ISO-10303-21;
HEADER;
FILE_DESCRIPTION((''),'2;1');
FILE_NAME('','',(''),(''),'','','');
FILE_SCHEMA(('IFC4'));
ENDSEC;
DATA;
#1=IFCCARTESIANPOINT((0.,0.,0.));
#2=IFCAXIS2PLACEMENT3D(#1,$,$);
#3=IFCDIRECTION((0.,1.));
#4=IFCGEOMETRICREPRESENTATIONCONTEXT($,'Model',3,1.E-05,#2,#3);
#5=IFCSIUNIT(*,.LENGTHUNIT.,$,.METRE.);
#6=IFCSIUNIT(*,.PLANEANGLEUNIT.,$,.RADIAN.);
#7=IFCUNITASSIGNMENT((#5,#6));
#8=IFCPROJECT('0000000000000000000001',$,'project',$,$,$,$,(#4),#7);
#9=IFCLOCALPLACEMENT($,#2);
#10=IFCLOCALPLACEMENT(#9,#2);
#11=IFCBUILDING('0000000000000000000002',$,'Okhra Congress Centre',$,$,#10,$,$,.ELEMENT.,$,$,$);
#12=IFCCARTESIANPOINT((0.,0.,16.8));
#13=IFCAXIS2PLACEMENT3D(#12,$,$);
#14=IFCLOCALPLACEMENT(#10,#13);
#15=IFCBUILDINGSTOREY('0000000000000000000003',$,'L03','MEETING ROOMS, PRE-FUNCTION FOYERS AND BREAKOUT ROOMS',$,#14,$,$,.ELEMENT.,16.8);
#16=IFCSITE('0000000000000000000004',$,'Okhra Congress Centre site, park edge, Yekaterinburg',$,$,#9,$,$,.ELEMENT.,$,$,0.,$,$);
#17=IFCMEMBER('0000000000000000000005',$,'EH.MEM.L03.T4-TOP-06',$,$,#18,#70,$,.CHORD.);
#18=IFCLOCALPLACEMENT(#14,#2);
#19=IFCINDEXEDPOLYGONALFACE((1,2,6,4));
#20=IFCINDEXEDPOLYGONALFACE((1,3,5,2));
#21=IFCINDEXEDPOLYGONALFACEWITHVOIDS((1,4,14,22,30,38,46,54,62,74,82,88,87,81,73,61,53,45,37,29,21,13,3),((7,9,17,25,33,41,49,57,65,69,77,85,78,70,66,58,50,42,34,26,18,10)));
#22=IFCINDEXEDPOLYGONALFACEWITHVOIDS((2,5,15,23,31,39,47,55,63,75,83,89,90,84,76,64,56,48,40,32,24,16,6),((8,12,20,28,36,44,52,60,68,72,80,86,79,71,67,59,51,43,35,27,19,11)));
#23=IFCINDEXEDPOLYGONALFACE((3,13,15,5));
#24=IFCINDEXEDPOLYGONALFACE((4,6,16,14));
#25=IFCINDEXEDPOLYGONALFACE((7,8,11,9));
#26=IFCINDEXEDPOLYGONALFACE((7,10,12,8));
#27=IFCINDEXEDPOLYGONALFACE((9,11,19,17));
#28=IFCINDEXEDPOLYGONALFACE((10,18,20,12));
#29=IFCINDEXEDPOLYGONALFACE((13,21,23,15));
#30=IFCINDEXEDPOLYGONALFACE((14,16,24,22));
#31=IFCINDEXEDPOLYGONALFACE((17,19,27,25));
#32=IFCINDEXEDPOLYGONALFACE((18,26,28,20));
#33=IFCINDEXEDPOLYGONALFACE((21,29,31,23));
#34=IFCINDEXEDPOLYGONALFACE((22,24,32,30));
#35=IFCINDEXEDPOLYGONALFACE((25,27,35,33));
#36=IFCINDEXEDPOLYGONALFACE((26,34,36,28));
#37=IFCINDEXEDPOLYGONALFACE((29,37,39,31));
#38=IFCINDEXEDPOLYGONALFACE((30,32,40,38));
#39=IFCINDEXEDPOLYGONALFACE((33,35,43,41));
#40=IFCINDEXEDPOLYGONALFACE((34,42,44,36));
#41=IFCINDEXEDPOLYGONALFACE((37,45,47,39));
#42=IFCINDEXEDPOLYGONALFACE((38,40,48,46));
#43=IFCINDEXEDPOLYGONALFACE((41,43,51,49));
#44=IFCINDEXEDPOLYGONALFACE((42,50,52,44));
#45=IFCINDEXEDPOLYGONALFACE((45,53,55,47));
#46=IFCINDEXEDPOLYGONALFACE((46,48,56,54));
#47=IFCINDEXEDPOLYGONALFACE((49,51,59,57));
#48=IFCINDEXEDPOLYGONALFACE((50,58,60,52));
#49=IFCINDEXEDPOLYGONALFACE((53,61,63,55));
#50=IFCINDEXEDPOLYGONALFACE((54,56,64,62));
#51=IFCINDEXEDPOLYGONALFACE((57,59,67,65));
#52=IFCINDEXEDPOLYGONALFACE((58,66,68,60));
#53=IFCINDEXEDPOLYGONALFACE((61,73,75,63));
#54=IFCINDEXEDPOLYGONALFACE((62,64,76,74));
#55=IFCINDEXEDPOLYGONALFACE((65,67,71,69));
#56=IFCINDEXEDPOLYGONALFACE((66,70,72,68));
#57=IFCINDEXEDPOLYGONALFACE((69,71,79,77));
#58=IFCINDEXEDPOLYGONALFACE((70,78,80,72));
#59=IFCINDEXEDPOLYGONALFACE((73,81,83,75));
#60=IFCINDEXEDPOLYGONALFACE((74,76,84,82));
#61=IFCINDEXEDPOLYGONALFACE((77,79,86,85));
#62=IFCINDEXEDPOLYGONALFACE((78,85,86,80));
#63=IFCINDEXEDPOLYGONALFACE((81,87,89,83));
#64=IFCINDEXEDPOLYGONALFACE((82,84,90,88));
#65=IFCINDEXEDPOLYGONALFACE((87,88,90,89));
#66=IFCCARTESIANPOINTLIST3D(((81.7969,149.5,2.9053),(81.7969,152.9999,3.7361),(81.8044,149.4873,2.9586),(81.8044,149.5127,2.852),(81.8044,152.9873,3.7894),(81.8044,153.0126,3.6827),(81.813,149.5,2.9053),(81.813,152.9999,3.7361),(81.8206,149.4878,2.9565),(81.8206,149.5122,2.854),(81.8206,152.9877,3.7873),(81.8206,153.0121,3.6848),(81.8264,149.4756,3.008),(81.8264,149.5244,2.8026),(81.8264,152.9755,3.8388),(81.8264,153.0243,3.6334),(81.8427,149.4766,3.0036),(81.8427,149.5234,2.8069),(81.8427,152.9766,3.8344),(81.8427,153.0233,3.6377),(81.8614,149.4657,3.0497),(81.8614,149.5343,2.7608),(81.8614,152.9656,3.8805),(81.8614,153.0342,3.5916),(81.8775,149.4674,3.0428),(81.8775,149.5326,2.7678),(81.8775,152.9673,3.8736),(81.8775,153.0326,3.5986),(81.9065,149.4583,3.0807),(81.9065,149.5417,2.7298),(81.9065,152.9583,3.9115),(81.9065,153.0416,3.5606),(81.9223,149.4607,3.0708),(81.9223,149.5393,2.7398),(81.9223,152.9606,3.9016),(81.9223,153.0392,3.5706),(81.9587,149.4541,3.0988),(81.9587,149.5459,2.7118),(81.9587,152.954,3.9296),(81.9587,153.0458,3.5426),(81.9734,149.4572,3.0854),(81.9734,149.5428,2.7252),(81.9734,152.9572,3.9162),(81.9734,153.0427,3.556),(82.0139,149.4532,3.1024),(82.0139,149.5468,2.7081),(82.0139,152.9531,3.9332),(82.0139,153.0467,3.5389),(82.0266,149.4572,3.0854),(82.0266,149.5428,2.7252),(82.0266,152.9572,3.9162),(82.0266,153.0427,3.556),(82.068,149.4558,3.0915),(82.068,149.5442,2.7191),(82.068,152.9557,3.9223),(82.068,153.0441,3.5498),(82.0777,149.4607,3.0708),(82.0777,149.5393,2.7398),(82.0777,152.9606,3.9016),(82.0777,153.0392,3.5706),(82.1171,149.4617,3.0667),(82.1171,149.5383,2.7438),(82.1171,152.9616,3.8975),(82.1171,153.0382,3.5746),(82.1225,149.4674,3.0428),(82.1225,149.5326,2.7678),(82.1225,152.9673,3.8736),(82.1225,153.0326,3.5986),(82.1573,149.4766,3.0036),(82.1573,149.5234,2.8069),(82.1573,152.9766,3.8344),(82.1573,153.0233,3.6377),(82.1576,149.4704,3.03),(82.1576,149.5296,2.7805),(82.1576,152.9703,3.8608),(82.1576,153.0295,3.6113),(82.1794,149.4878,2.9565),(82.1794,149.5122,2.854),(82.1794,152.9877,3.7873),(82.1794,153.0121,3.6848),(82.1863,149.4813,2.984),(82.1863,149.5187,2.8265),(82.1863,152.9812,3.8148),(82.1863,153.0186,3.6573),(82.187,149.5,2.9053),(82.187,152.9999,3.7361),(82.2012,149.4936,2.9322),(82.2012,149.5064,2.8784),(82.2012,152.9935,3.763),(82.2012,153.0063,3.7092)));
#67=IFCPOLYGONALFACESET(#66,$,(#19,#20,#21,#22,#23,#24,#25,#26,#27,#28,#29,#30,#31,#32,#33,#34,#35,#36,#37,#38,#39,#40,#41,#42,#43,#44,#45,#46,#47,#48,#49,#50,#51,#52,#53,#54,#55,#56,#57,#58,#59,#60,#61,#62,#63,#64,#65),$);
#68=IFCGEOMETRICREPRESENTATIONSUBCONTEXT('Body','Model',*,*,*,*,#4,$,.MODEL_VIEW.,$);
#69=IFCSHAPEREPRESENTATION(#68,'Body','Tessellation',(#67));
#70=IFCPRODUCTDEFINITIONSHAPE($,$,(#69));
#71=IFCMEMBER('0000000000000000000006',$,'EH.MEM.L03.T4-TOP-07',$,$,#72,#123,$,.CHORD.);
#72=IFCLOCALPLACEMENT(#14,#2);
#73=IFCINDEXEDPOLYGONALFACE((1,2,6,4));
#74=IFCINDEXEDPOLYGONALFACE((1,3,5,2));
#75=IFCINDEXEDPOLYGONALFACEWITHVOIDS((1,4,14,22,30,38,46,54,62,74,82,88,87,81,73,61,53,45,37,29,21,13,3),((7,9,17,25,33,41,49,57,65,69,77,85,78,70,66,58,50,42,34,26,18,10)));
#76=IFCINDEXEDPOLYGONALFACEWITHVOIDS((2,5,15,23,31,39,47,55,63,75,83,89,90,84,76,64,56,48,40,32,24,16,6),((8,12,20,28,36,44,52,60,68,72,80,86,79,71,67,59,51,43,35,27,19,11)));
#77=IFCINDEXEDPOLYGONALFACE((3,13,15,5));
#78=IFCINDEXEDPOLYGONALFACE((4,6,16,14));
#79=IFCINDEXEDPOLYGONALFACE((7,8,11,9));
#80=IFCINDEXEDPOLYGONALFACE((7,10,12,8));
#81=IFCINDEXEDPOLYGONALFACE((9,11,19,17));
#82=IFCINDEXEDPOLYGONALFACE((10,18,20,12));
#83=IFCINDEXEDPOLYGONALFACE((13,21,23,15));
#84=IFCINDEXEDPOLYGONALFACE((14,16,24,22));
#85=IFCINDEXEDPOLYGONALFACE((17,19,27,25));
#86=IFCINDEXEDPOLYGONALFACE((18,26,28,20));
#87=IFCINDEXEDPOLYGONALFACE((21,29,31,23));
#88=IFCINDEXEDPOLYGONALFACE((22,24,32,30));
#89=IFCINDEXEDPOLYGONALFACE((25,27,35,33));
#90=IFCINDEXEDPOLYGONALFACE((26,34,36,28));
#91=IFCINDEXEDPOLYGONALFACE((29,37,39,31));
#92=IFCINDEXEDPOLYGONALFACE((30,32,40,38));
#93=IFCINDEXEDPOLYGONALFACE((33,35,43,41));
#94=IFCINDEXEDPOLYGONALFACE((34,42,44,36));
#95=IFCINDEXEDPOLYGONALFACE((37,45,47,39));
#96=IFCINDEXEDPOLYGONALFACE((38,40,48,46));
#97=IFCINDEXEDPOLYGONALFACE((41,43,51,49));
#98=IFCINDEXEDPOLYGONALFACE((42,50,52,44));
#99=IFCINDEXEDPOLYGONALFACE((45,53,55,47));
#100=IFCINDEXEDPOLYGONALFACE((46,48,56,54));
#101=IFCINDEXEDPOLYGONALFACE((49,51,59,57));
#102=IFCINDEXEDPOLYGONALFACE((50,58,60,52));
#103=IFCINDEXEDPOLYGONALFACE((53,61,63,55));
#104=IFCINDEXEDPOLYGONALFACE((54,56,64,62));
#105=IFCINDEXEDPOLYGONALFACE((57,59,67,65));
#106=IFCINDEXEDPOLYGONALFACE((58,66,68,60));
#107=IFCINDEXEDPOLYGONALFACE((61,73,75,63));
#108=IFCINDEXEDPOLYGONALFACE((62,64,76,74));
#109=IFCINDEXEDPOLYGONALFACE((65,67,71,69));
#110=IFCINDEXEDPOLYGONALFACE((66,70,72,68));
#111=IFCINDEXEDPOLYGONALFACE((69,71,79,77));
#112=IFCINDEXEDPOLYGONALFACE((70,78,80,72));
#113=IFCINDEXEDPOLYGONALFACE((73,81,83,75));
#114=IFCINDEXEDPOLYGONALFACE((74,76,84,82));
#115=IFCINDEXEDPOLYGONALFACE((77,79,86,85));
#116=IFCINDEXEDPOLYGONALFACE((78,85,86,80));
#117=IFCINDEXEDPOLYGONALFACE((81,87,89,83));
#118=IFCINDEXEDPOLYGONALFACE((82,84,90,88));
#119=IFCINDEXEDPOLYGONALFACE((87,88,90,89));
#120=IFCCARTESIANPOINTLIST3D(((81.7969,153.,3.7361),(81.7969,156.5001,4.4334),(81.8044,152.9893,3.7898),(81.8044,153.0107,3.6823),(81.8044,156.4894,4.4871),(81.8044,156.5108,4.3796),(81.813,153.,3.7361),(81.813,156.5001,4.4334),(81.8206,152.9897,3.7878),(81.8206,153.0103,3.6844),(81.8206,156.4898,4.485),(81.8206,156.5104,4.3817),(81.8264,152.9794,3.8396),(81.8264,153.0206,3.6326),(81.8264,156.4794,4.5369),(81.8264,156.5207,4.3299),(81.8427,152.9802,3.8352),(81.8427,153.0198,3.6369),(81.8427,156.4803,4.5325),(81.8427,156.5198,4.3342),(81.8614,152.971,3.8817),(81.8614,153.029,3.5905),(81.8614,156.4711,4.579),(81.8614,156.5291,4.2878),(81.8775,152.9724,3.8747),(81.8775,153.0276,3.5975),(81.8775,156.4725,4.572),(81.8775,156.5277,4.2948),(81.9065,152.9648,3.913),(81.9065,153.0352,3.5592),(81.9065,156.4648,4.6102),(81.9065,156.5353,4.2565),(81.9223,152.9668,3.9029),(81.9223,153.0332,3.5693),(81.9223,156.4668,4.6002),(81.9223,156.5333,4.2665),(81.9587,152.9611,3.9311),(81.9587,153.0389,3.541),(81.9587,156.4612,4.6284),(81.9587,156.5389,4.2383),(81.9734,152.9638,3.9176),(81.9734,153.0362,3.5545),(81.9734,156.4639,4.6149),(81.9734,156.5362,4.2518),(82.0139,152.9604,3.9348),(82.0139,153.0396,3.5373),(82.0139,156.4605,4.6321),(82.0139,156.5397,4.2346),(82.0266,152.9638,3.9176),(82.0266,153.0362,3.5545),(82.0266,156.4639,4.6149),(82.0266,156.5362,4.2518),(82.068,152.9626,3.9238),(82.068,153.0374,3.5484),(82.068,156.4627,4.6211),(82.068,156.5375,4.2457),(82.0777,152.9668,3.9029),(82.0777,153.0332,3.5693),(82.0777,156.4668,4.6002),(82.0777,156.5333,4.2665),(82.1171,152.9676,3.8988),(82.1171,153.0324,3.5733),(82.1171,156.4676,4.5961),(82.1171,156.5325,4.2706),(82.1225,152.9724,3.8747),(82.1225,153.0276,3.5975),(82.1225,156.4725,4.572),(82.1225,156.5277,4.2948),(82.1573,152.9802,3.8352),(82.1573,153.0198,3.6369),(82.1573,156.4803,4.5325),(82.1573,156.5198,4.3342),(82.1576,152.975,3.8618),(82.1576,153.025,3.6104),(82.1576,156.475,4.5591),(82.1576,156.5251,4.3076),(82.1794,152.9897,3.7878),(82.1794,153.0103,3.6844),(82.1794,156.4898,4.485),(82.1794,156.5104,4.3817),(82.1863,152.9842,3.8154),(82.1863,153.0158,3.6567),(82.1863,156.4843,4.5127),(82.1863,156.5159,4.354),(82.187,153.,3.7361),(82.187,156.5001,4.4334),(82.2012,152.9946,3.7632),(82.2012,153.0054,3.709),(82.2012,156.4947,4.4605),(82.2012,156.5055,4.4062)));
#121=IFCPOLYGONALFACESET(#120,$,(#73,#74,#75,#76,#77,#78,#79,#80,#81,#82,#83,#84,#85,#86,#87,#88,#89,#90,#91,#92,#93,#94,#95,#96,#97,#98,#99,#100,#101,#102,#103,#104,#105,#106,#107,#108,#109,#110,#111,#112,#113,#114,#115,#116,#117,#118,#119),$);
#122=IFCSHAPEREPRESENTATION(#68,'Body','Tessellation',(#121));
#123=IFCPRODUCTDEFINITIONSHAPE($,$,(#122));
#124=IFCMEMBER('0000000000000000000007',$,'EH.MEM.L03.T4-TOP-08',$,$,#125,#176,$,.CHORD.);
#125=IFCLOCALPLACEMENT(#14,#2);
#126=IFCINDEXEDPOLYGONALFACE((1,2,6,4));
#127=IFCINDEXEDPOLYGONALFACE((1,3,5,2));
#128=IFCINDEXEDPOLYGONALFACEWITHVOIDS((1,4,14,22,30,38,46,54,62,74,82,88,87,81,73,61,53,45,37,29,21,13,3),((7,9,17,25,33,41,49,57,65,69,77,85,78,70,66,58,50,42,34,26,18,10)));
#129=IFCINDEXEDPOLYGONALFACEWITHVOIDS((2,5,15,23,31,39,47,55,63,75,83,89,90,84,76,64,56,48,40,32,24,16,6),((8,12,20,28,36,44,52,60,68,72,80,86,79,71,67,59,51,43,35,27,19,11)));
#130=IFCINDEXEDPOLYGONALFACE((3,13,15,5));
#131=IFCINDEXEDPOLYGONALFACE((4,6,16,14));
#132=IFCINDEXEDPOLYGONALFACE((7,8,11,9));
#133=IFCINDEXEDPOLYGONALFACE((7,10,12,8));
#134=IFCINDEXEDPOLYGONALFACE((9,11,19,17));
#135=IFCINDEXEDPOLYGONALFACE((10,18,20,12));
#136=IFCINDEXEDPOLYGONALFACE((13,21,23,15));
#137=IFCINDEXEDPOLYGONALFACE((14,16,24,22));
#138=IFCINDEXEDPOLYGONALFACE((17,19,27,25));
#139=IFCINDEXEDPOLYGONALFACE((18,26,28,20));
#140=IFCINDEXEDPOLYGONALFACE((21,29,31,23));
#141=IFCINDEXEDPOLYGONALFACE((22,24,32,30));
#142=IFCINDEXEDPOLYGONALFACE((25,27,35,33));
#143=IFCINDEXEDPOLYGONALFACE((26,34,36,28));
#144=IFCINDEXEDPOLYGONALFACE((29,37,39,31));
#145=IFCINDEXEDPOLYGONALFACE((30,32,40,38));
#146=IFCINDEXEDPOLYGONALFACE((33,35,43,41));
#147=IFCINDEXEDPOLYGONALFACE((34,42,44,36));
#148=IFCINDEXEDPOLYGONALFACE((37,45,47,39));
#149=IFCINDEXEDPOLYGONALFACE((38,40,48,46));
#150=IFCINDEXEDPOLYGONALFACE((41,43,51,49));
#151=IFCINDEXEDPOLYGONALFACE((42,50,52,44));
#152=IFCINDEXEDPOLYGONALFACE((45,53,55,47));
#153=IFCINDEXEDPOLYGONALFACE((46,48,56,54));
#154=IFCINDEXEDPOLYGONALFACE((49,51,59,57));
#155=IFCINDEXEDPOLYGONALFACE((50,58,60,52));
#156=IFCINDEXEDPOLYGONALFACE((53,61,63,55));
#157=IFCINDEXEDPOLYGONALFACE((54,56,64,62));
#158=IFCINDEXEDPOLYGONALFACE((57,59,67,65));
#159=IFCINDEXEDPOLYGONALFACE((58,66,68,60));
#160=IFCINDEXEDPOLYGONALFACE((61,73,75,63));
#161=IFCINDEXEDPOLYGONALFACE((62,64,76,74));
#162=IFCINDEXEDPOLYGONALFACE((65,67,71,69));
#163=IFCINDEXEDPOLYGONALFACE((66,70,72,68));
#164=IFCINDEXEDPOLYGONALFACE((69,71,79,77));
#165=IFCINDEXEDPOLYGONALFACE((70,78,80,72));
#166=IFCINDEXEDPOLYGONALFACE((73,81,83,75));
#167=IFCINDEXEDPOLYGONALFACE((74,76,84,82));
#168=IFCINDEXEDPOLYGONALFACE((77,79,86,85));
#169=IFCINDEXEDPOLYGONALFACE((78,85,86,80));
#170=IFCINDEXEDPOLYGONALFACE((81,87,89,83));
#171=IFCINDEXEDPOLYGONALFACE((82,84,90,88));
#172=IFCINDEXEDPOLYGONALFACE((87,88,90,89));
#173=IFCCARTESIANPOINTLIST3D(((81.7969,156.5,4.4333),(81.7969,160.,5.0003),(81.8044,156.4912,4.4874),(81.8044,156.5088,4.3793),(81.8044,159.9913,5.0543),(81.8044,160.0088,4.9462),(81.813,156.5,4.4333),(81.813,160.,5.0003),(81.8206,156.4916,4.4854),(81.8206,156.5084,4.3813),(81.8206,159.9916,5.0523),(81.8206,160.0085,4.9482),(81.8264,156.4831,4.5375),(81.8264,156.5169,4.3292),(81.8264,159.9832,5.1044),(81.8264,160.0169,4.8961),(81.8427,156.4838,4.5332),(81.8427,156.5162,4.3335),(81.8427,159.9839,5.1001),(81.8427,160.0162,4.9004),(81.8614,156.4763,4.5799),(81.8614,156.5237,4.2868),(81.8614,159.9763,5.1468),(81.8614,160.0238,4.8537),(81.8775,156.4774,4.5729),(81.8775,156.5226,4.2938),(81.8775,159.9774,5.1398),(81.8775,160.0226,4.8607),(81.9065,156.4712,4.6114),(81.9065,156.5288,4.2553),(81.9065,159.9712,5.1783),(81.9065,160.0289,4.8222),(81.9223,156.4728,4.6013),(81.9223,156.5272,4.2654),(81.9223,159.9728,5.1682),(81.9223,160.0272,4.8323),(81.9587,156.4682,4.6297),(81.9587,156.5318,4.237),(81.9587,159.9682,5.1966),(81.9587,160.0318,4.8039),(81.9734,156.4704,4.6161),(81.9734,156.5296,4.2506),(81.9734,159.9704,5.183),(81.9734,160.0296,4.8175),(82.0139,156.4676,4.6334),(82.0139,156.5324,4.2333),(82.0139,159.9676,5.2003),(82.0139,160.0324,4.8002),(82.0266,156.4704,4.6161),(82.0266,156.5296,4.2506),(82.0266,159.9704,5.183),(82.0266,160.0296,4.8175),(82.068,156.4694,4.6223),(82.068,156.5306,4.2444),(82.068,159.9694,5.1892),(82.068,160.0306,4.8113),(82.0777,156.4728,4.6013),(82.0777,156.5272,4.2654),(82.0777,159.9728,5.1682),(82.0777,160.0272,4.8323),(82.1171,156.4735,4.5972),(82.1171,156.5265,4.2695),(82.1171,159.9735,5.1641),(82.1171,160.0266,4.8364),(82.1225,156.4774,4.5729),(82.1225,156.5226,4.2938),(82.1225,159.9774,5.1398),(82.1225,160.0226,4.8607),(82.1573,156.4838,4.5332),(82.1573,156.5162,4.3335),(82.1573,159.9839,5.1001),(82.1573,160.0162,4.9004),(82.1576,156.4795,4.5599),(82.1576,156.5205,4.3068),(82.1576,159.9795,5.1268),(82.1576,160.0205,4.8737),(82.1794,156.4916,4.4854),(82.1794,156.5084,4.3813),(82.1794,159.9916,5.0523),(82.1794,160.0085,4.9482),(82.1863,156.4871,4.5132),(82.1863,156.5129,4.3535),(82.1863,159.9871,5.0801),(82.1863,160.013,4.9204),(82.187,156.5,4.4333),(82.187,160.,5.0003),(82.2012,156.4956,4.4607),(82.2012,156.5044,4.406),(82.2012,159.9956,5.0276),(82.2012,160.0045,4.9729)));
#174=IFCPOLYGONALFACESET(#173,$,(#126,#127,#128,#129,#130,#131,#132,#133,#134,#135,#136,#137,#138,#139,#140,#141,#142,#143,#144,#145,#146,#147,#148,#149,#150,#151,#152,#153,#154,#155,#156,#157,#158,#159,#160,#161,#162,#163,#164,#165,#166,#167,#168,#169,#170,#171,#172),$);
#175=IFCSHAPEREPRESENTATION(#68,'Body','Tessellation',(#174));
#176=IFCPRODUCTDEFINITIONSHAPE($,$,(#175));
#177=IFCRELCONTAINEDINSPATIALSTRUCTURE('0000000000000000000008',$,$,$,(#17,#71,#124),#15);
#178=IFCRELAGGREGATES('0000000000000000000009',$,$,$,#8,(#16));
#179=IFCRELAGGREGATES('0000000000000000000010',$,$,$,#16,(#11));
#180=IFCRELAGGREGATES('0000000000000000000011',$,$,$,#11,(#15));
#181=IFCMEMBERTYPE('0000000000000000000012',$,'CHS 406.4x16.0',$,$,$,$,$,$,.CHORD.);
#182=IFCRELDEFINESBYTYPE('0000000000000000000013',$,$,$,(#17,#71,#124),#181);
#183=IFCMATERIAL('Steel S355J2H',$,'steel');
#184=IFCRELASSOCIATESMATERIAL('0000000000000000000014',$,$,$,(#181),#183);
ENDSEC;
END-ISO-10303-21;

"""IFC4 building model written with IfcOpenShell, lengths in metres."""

from ifc_helpers import new_model, si_unit, direction, frame, origin, origin_2d, place, context, subcontext, project, spatial, hollow_circle, extrude, material, material_profile, profile_set, type_object, element, save


model = new_model("IFC4")

# Units and contexts
model_context = context("Model", 3, precision=1e-05, world=origin(), true_north=direction((0.0, 1.0)))
body_context = subcontext(model_context, "Body", "Model", "MODEL_VIEW")
ifc_project = project(units=[si_unit("LENGTHUNIT", "METRE"), si_unit("PLANEANGLEUNIT", "RADIAN")], contexts=[model_context])

# Site, building, storey
site_placement = place(None, origin())
site = spatial("IfcSite", under=ifc_project, at=site_placement, Name="Okhra Congress Centre site, park edge, Yekaterinburg", CompositionType="ELEMENT", RefElevation=0.0)
building_placement = place(site_placement, origin())
building = spatial("IfcBuilding", under=site, at=building_placement, Name="Okhra Congress Centre", CompositionType="ELEMENT")
storey_placement = place(building_placement, frame((0.0, 0.0, 16.8)))
storey = spatial("IfcBuildingStorey", under=building, at=storey_placement, Name="L03", Description="MEETING ROOMS, PRE-FUNCTION FOYERS AND BREAKOUT ROOMS", CompositionType="ELEMENT", Elevation=16.8)

# Members
ifc_material_1 = material(Name="Steel S355J2H", Category="steel")
ifc_material_profile_1 = material_profile(ifc_material_1, hollow_circle(Radius=0.2031, WallThickness=0.0161, at=origin_2d()), Name="CHS 406.4x16.0")
ifc_profile_set_1 = profile_set([ifc_material_profile_1], Name="Steel S355J2H")
member_type_1 = type_object("IfcMemberType", Name="CHS 406.4x16.0", PredefinedType="CHORD", material=ifc_profile_set_1)
member_1_placement = place(storey_placement, frame((82.0, 149.5, 2.9053), z_axis=(0.0, 0.972964, 0.230957), x_axis=(-1.0, 0.0, 0.0)))
element("IfcMember", 1, at=member_1_placement, inside=storey, type_object=member_type_1, Name="EH.MEM.L03.T4-TOP-06", PredefinedType="CHORD", context=body_context, shape_type="SweptSolid", body=[
    extrude(hollow_circle(Radius=0.2031, WallThickness=0.0161, at=origin_2d()), origin(), (0.0, 0.0, 1.0), 3.5972),
])
member_2_placement = place(storey_placement, frame((82.0, 153.0, 3.7361), z_axis=(0.0, 0.980728, 0.195379), x_axis=(-1.0, 0.0, 0.0)))
element("IfcMember", 2, at=member_2_placement, inside=storey, type_object=member_type_1, Name="EH.MEM.L03.T4-TOP-07", PredefinedType="CHORD", context=body_context, shape_type="SweptSolid", body=[
    extrude(hollow_circle(Radius=0.2031, WallThickness=0.0161, at=origin_2d()), origin(), (0.0, 0.0, 1.0), 3.5688),
])
member_3_placement = place(storey_placement, frame((82.0, 156.5, 4.4333), z_axis=(0.0, 0.987135, 0.159886), x_axis=(-1.0, 0.0, 0.0)))
element("IfcMember", 3, at=member_3_placement, inside=storey, type_object=member_type_1, Name="EH.MEM.L03.T4-TOP-08", PredefinedType="CHORD", context=body_context, shape_type="SweptSolid", body=[
    extrude(hollow_circle(Radius=0.2031, WallThickness=0.0161, at=origin_2d()), origin(), (0.0, 0.0, 1.0), 3.5457),
])

save(model, "model.ifc")
